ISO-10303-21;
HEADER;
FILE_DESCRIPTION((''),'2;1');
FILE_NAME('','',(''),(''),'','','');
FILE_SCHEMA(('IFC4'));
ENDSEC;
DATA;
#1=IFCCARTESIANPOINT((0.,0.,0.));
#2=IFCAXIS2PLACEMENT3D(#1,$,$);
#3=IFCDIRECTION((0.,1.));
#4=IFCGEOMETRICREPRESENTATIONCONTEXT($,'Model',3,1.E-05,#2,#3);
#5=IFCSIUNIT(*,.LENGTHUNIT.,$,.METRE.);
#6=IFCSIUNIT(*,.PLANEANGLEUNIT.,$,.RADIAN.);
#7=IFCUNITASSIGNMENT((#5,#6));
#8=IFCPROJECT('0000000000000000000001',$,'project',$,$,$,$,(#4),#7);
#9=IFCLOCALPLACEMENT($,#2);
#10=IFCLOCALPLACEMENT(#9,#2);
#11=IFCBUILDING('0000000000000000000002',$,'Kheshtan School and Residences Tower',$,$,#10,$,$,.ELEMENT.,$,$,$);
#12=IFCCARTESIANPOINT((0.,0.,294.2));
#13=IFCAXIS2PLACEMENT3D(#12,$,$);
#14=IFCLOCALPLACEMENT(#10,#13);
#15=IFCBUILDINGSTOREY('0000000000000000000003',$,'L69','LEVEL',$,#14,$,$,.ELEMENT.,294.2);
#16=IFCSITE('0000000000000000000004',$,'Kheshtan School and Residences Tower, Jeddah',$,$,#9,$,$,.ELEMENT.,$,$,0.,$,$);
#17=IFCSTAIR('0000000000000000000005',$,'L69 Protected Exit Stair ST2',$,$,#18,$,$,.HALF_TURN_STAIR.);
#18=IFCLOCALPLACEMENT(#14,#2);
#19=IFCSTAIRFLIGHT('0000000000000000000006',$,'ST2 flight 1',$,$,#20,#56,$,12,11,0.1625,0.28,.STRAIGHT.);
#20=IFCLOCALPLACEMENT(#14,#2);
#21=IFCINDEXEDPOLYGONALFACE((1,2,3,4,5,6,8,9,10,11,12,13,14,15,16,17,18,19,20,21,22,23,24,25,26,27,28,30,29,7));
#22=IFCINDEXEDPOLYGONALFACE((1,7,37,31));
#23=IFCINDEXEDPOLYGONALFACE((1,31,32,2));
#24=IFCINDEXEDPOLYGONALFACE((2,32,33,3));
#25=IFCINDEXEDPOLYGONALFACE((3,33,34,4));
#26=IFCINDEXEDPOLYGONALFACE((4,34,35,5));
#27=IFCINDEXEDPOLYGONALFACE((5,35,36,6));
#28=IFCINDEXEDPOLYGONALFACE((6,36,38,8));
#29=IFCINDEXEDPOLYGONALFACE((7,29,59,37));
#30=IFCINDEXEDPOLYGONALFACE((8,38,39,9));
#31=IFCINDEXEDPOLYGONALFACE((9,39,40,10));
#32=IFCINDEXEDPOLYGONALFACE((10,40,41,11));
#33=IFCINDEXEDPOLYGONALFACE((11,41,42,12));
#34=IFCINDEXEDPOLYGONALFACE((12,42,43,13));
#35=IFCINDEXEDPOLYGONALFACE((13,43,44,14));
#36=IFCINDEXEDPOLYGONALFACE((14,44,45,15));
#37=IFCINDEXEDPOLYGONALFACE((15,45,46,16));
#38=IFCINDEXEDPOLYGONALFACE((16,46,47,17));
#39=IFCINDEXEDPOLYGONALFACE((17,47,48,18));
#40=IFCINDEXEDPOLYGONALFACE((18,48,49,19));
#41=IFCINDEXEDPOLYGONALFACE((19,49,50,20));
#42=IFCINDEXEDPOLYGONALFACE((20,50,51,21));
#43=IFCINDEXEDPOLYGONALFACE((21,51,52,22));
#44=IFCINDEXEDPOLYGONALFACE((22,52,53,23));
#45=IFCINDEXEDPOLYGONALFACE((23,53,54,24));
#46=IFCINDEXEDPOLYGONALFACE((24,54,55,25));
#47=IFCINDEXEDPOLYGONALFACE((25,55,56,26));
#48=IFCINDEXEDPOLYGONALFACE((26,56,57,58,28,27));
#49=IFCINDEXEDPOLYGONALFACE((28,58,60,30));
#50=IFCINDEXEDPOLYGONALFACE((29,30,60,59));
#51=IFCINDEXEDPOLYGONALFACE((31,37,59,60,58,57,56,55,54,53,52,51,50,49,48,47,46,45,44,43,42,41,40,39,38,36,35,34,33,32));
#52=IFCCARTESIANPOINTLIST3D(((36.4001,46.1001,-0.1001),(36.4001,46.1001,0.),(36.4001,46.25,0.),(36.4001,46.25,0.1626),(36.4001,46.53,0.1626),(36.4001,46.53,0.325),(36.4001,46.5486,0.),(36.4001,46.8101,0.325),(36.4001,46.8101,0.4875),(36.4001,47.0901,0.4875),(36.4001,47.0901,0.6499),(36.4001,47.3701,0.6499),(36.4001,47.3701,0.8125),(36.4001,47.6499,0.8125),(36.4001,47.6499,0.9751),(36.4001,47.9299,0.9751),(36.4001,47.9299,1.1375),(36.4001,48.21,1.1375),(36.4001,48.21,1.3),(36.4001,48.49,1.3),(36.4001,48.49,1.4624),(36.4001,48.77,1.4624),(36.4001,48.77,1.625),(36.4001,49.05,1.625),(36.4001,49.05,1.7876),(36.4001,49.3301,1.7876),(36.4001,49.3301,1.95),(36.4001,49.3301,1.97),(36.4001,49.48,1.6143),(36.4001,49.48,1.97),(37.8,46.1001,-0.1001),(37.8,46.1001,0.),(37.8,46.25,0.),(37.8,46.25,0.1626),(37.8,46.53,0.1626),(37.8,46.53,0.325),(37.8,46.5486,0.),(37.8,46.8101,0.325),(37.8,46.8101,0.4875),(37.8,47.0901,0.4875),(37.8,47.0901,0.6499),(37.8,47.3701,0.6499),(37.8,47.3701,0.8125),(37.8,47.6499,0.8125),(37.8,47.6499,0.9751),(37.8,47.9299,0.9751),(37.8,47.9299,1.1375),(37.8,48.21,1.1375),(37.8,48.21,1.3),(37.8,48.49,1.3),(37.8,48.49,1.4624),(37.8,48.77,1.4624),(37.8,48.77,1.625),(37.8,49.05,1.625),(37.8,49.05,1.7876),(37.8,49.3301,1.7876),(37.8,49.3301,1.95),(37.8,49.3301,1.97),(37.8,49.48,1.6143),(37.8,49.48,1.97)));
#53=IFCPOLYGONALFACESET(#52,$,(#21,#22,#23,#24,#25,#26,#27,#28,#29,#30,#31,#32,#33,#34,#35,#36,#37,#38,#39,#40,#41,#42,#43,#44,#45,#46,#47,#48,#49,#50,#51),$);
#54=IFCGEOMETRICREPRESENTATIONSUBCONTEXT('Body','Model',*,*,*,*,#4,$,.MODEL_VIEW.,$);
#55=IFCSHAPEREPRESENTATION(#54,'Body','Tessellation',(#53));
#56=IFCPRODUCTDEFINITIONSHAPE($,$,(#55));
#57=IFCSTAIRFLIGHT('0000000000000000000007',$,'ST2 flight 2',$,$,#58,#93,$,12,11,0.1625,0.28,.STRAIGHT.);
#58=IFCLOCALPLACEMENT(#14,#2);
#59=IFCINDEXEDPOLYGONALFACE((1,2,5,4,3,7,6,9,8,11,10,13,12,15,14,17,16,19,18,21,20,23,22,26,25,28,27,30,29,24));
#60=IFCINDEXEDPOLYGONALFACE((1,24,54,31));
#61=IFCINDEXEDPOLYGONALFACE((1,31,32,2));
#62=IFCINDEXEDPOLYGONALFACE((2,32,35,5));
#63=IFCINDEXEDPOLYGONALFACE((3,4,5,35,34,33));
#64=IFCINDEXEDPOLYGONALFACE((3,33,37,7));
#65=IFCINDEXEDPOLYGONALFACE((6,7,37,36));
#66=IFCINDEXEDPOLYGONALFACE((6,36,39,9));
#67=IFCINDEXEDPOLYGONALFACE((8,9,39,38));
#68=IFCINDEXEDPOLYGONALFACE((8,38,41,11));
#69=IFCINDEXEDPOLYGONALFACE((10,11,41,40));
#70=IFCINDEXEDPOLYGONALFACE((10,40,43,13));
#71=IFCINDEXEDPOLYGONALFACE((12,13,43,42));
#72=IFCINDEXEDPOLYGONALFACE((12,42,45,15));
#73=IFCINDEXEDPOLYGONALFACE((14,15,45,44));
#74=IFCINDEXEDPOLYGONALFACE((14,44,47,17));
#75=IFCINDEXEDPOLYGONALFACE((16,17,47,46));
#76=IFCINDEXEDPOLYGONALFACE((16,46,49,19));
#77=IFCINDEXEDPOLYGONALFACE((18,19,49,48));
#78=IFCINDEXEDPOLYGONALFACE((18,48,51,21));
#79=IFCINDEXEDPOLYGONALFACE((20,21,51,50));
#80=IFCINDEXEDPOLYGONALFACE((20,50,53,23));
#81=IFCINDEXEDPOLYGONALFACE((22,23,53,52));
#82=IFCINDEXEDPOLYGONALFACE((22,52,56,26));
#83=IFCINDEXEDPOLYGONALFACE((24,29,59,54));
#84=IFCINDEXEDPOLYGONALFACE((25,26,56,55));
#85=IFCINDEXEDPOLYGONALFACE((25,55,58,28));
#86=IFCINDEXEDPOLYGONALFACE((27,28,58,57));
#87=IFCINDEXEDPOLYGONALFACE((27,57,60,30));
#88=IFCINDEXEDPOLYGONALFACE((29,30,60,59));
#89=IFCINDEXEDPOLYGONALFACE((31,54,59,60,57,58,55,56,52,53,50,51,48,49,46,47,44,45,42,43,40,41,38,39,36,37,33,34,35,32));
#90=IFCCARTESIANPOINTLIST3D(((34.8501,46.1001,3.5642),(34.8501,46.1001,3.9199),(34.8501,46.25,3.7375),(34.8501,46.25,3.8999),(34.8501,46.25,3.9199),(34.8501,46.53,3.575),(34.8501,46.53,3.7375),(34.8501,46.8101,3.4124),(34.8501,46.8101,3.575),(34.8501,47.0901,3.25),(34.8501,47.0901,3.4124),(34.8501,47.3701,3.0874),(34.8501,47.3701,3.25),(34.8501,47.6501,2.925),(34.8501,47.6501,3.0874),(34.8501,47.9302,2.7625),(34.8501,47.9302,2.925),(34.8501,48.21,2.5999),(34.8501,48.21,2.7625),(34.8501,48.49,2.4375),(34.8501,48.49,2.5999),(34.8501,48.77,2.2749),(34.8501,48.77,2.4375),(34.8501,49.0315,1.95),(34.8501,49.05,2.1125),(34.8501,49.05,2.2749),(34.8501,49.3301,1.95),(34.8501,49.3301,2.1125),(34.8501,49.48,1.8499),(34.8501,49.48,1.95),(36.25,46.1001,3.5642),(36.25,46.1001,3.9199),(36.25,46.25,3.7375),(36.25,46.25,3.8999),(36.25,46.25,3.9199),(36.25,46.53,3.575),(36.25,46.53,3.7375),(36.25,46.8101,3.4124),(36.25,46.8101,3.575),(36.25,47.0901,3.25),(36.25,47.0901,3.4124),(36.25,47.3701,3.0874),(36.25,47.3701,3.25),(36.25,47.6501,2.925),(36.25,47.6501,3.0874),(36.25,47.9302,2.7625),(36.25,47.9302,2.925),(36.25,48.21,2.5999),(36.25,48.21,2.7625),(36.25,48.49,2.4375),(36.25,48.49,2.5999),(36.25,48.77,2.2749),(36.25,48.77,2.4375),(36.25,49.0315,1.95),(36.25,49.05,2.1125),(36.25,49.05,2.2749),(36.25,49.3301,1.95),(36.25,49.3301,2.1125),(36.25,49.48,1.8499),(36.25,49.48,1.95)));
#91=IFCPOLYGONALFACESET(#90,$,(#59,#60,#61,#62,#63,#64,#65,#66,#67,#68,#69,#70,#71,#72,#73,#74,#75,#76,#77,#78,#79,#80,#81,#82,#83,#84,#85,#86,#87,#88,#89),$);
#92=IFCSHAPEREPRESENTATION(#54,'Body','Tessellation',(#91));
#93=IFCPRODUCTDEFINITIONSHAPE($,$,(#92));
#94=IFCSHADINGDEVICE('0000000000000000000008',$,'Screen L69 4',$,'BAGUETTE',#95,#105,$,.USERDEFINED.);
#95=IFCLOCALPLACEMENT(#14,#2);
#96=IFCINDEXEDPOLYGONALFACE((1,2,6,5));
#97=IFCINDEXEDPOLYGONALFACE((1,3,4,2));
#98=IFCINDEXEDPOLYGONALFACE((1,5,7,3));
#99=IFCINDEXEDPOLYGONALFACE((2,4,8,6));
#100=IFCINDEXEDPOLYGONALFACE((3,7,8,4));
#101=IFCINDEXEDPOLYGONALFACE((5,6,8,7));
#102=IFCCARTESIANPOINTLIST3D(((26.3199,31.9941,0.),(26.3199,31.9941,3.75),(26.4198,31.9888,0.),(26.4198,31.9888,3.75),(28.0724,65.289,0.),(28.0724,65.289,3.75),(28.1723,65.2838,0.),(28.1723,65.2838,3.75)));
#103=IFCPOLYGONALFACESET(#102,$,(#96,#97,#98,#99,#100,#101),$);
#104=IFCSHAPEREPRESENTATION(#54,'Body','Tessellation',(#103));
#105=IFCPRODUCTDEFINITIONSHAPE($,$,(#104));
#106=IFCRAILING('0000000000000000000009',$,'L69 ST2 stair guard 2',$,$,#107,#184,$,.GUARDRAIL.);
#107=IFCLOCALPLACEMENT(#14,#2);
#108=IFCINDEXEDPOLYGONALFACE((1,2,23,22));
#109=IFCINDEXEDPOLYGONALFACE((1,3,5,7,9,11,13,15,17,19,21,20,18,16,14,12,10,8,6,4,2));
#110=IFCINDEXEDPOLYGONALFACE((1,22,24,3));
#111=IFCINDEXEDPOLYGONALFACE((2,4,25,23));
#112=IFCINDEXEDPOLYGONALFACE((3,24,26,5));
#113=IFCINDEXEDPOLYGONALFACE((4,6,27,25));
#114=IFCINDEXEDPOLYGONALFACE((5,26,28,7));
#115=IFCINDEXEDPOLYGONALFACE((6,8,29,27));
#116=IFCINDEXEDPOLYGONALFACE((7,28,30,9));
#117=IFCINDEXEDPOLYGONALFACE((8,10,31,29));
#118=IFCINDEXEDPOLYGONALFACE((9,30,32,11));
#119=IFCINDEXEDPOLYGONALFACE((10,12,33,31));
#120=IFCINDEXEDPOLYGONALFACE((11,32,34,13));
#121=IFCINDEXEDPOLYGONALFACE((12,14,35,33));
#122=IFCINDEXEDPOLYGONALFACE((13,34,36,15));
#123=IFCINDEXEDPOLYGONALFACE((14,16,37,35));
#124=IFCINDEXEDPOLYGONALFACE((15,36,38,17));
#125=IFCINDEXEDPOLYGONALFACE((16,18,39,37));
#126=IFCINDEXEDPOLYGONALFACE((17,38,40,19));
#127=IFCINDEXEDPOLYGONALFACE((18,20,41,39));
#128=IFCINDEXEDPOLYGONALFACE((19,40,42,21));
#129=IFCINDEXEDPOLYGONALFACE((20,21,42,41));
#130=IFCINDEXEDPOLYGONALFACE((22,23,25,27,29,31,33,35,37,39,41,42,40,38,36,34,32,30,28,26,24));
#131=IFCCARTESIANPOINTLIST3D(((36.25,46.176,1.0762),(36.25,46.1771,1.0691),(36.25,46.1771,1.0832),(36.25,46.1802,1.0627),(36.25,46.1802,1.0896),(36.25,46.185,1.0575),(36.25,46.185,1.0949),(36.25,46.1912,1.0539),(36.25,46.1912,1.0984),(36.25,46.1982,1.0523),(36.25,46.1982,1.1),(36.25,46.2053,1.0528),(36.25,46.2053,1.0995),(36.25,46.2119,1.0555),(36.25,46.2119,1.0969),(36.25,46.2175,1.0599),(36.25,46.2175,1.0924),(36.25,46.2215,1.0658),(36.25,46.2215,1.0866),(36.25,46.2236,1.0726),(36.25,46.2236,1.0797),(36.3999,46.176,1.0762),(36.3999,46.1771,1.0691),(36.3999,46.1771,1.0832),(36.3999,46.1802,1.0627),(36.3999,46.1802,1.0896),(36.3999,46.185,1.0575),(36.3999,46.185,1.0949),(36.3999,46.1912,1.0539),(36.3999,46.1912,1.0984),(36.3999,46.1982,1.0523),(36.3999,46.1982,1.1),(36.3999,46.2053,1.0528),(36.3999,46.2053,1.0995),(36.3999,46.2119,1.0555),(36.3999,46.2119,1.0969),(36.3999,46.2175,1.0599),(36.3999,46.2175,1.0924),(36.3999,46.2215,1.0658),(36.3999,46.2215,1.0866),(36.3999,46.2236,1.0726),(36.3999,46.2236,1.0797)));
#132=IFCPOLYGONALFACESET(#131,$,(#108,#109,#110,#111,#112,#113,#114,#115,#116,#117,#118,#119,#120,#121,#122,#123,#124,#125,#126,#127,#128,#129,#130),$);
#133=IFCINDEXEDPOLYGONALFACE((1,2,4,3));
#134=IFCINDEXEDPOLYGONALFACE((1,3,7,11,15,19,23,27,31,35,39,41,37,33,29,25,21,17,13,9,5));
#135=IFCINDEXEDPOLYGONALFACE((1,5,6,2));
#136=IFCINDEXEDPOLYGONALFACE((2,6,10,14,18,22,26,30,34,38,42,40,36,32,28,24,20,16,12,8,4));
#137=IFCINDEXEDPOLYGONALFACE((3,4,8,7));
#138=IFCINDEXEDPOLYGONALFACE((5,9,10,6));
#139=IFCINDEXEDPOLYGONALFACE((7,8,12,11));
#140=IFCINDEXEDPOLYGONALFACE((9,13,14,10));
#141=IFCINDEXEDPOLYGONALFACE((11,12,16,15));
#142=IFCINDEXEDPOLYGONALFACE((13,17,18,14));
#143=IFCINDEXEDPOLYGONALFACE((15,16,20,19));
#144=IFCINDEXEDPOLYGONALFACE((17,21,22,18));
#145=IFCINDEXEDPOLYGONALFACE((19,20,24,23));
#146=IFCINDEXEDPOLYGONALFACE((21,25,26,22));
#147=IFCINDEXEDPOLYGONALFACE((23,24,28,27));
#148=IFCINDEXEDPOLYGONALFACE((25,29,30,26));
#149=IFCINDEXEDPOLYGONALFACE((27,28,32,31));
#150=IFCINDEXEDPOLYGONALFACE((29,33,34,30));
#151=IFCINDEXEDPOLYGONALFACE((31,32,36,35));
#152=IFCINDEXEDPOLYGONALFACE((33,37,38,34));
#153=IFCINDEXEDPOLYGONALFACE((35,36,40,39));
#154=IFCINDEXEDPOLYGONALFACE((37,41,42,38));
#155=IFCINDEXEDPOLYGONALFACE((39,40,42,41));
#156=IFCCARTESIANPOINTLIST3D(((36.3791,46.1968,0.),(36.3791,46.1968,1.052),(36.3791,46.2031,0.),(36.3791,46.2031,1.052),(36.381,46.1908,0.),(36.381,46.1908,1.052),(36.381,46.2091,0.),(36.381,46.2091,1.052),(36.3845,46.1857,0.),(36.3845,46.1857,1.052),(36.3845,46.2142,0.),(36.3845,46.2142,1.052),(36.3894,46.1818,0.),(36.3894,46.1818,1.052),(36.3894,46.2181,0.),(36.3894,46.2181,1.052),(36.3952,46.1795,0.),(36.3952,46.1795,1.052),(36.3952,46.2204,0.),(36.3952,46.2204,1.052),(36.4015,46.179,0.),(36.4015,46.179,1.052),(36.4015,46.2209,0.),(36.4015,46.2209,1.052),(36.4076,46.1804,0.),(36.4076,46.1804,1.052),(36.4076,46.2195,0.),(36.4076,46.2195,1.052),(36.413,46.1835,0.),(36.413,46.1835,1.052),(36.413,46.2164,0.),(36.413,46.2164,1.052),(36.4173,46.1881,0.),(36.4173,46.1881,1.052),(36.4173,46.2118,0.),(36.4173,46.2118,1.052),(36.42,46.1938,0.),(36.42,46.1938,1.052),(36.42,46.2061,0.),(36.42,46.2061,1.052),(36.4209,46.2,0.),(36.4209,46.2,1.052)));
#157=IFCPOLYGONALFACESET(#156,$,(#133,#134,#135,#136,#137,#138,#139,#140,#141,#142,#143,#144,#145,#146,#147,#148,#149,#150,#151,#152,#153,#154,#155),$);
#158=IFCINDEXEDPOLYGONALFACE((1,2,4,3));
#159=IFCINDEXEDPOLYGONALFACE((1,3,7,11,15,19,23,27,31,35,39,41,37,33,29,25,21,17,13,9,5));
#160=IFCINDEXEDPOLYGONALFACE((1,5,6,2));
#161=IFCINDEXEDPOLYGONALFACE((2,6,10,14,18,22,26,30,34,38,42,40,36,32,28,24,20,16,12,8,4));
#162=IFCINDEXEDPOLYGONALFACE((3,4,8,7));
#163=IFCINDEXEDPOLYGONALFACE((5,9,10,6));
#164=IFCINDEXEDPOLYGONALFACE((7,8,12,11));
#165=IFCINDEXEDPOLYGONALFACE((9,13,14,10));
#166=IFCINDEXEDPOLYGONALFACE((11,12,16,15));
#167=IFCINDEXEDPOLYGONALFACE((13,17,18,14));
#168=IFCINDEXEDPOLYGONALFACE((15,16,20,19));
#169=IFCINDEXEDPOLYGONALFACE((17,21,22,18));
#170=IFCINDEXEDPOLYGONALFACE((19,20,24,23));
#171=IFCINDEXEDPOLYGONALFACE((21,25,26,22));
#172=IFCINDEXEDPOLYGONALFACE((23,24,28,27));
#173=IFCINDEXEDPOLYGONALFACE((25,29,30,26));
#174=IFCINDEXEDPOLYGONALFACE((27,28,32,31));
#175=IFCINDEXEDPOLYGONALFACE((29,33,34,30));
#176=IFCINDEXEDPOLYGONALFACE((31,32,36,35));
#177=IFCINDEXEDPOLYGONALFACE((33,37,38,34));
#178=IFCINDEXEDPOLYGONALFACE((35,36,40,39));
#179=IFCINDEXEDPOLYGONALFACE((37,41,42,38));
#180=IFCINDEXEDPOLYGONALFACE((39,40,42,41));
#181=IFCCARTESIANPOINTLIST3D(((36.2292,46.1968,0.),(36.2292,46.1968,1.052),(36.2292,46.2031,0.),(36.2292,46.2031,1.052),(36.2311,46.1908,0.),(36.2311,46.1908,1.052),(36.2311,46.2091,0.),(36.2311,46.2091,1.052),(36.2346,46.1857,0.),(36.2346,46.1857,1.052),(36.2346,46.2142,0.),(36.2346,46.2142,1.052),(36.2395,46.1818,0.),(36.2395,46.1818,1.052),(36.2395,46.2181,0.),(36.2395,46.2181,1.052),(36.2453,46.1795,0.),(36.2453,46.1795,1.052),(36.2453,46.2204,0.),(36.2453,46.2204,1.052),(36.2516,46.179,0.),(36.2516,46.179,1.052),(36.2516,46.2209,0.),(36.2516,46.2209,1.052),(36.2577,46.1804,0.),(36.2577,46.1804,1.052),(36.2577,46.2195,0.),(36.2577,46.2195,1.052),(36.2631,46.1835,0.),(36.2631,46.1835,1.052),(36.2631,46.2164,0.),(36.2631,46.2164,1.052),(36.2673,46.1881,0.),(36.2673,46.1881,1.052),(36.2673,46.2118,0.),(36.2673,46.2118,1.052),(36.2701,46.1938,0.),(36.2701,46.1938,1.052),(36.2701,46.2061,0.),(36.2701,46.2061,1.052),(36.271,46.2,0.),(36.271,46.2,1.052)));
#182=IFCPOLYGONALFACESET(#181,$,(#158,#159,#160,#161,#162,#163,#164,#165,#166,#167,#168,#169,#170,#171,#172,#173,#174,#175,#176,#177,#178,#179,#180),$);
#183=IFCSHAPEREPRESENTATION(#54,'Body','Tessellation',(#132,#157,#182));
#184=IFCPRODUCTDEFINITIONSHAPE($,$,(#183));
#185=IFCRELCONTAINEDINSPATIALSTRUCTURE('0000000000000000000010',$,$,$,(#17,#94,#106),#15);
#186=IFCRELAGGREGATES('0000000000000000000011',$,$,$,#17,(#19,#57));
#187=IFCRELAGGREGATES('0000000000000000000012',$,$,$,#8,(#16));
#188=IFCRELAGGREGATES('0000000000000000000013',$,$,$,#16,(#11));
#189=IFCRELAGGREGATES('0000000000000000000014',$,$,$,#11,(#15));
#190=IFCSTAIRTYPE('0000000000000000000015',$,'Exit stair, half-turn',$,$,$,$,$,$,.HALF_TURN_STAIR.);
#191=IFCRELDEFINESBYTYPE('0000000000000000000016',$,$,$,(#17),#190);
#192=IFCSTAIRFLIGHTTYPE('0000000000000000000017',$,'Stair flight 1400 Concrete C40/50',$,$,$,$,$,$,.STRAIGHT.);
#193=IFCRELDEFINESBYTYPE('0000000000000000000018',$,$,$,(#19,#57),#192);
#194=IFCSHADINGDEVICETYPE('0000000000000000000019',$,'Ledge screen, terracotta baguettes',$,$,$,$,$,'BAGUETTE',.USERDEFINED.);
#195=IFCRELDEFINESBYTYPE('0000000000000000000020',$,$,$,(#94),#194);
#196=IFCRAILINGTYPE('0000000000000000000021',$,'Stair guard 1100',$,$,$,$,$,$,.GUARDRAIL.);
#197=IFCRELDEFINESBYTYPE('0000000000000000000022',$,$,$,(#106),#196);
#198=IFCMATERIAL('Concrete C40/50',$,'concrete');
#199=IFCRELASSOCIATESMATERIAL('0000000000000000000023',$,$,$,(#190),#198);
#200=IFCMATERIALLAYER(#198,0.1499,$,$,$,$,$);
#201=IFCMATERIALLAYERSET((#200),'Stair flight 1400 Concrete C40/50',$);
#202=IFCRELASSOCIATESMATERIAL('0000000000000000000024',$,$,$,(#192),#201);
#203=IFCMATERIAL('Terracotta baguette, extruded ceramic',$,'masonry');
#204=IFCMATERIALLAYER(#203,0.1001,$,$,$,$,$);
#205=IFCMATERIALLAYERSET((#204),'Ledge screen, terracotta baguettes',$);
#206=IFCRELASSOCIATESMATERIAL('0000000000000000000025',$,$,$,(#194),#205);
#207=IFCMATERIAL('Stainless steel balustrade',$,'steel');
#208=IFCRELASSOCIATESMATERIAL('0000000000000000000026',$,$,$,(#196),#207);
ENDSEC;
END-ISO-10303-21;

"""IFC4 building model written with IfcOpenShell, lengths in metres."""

from ifc_helpers import new_model, si_unit, direction, frame, origin, origin_2d, place, context, subcontext, project, spatial, polyline, rectangle, circle, outline, extrude, material, layer, layer_set, type_object, element, aggregate, save


model = new_model("IFC4")

# Units and contexts
model_context = context("Model", 3, precision=1e-05, world=origin(), true_north=direction((0.0, 1.0)))
body_context = subcontext(model_context, "Body", "Model", "MODEL_VIEW")
ifc_project = project(units=[si_unit("LENGTHUNIT", "METRE"), si_unit("PLANEANGLEUNIT", "RADIAN")], contexts=[model_context])

# Site, building, storey
site_placement = place(None, origin())
site = spatial("IfcSite", under=ifc_project, at=site_placement, Name="Kheshtan School and Residences Tower, Jeddah", CompositionType="ELEMENT", RefElevation=0.0)
building_placement = place(site_placement, origin())
building = spatial("IfcBuilding", under=site, at=building_placement, Name="Kheshtan School and Residences Tower", CompositionType="ELEMENT")
storey_placement = place(building_placement, frame((0.0, 0.0, 294.2)))
storey = spatial("IfcBuildingStorey", under=building, at=storey_placement, Name="L69", Description="LEVEL", CompositionType="ELEMENT", Elevation=294.2)

# Shared definitions
ifc_material_1 = material(Name="Concrete C40/50", Category="concrete")

# Stair, stair flights
stair_type = type_object("IfcStairType", Name="Exit stair, half-turn", PredefinedType="HALF_TURN_STAIR", material=ifc_material_1)
stair_placement = place(storey_placement, origin())
stair = element("IfcStair", 1, at=stair_placement, inside=storey, type_object=stair_type, Name="L69 Protected Exit Stair ST2", PredefinedType="HALF_TURN_STAIR")
ifc_layer_1 = layer(ifc_material_1, 0.1499)
ifc_layer_set_1 = layer_set([ifc_layer_1], Name="Stair flight 1400 Concrete C40/50")
stair_flight_type = type_object("IfcStairFlightType", Name="Stair flight 1400 Concrete C40/50", PredefinedType="STRAIGHT", material=ifc_layer_set_1)
stair_flight_1_placement = place(storey_placement, frame((37.1001, 46.25, 0.0), z_axis=(0.0, 0.0, 1.0), x_axis=(0.0, 1.0, 0.0)))
stair_flight_1 = element("IfcStairFlight", 2, at=stair_flight_1_placement, type_object=stair_flight_type, Name="ST2 flight 1", NumberOfRisers=12, NumberOfTreads=11, PredefinedType="STRAIGHT", RiserHeight=0.1625, TreadLength=0.28, context=body_context, shape_type="SweptSolid", body=[
    extrude(outline(polyline([(-0.1499, -0.1001), (-0.1499, 0.0), (0.0, 0.0), (0.0, 0.1626), (0.28, 0.1626), (0.28, 0.325), (0.5601, 0.325), (0.5601, 0.4875), (0.8401, 0.4875), (0.8401, 0.6499), (1.1201, 0.6499), (1.1201, 0.8125), (1.3999, 0.8125), (1.3999, 0.9751), (1.6799, 0.9751), (1.6799, 1.1375), (1.96, 1.1375), (1.96, 1.3), (2.24, 1.3), (2.24, 1.4624), (2.52, 1.4624), (2.52, 1.625), (2.8, 1.625), (2.8, 1.7876), (3.0801, 1.7876), (3.0801, 1.95), (3.0801, 1.97), (3.23, 1.97), (3.23, 1.6143), (0.2986, 0.0), (-0.1499, -0.1001)])), frame((0.0, 0.7, 0.0), z_axis=(0.0, -1.0, 0.0), x_axis=(1.0, 0.0, 0.0)), (0.0, 0.0, 1.0), 1.3999),
])
stair_flight_2_placement = place(storey_placement, frame((35.55, 49.3301, 1.95), z_axis=(0.0, 0.0, 1.0), x_axis=(0.0, -1.0, 0.0)))
stair_flight_2 = element("IfcStairFlight", 3, at=stair_flight_2_placement, type_object=stair_flight_type, Name="ST2 flight 2", NumberOfRisers=12, NumberOfTreads=11, PredefinedType="STRAIGHT", RiserHeight=0.1625, TreadLength=0.28, context=body_context, shape_type="SweptSolid", body=[
    extrude(outline(polyline([(-0.1499, -0.1001), (-0.1499, 0.0), (0.0, 0.0), (0.0, 0.1626), (0.28, 0.1626), (0.28, 0.325), (0.5601, 0.325), (0.5601, 0.4875), (0.8401, 0.4875), (0.8401, 0.6499), (1.1201, 0.6499), (1.1201, 0.8125), (1.3999, 0.8125), (1.3999, 0.9751), (1.6799, 0.9751), (1.6799, 1.1375), (1.96, 1.1375), (1.96, 1.3), (2.24, 1.3), (2.24, 1.4624), (2.52, 1.4624), (2.52, 1.625), (2.8, 1.625), (2.8, 1.7876), (3.0801, 1.7876), (3.0801, 1.95), (3.0801, 1.97), (3.23, 1.97), (3.23, 1.6143), (0.2986, 0.0), (-0.1499, -0.1001)])), frame((0.0, 0.7, 0.0), z_axis=(0.0, -1.0, 0.0), x_axis=(1.0, 0.0, 0.0)), (0.0, 0.0, 1.0), 1.3999),
])
aggregate(stair, [stair_flight_1, stair_flight_2])

# Shading device
ifc_material_2 = material(Name="Terracotta baguette, extruded ceramic", Category="masonry")
ifc_layer_2 = layer(ifc_material_2, 0.1001)
ifc_layer_set_2 = layer_set([ifc_layer_2], Name="Ledge screen, terracotta baguettes")
shading_device_type = type_object("IfcShadingDeviceType", Name="Ledge screen, terracotta baguettes", ElementType="BAGUETTE", PredefinedType="USERDEFINED", material=ifc_layer_set_2)
shading_device_placement = place(storey_placement, frame((27.2461, 48.6389, 0.0), z_axis=(0.0, 0.0, 1.0), x_axis=(0.052563, 0.998618, 0.0)))
element("IfcShadingDevice", 4, at=shading_device_placement, inside=storey, type_object=shading_device_type, Name="Screen L69 4", ObjectType="BAGUETTE", PredefinedType="USERDEFINED", context=body_context, shape_type="SweptSolid", body=[
    extrude(rectangle(XDim=33.3411, YDim=0.1001, at=origin_2d()), origin(), (0.0, 0.0, 1.0), 3.75),
])

# Railing
ifc_material_3 = material(Name="Stainless steel balustrade", Category="steel")
railing_type_1 = type_object("IfcRailingType", Name="Stair guard 1100", PredefinedType="GUARDRAIL", material=ifc_material_3)
railing_1_placement = place(storey_placement, frame((36.3999, 46.2, 0.0)))
element("IfcRailing", 5, at=railing_1_placement, inside=storey, type_object=railing_type_1, Name="L69 ST2 stair guard 2", PredefinedType="GUARDRAIL", context=body_context, shape_type="SweptSolid", body=[
    extrude(circle(Radius=0.0239, at=origin_2d()), frame((0.0, 0.0, 1.0762), z_axis=(-1.0, 0.0, 0.0), x_axis=(0.0, -1.0, 0.0)), (0.0, 0.0, 1.0), 0.1499),
    extrude(circle(Radius=0.021, at=origin_2d()), origin(), (0.0, 0.0, 1.0), 1.052),
    extrude(circle(Radius=0.021, at=origin_2d()), frame((-0.1499, 0.0, 0.0)), (0.0, 0.0, 1.0), 1.052),
])

save(model, "model.ifc")
